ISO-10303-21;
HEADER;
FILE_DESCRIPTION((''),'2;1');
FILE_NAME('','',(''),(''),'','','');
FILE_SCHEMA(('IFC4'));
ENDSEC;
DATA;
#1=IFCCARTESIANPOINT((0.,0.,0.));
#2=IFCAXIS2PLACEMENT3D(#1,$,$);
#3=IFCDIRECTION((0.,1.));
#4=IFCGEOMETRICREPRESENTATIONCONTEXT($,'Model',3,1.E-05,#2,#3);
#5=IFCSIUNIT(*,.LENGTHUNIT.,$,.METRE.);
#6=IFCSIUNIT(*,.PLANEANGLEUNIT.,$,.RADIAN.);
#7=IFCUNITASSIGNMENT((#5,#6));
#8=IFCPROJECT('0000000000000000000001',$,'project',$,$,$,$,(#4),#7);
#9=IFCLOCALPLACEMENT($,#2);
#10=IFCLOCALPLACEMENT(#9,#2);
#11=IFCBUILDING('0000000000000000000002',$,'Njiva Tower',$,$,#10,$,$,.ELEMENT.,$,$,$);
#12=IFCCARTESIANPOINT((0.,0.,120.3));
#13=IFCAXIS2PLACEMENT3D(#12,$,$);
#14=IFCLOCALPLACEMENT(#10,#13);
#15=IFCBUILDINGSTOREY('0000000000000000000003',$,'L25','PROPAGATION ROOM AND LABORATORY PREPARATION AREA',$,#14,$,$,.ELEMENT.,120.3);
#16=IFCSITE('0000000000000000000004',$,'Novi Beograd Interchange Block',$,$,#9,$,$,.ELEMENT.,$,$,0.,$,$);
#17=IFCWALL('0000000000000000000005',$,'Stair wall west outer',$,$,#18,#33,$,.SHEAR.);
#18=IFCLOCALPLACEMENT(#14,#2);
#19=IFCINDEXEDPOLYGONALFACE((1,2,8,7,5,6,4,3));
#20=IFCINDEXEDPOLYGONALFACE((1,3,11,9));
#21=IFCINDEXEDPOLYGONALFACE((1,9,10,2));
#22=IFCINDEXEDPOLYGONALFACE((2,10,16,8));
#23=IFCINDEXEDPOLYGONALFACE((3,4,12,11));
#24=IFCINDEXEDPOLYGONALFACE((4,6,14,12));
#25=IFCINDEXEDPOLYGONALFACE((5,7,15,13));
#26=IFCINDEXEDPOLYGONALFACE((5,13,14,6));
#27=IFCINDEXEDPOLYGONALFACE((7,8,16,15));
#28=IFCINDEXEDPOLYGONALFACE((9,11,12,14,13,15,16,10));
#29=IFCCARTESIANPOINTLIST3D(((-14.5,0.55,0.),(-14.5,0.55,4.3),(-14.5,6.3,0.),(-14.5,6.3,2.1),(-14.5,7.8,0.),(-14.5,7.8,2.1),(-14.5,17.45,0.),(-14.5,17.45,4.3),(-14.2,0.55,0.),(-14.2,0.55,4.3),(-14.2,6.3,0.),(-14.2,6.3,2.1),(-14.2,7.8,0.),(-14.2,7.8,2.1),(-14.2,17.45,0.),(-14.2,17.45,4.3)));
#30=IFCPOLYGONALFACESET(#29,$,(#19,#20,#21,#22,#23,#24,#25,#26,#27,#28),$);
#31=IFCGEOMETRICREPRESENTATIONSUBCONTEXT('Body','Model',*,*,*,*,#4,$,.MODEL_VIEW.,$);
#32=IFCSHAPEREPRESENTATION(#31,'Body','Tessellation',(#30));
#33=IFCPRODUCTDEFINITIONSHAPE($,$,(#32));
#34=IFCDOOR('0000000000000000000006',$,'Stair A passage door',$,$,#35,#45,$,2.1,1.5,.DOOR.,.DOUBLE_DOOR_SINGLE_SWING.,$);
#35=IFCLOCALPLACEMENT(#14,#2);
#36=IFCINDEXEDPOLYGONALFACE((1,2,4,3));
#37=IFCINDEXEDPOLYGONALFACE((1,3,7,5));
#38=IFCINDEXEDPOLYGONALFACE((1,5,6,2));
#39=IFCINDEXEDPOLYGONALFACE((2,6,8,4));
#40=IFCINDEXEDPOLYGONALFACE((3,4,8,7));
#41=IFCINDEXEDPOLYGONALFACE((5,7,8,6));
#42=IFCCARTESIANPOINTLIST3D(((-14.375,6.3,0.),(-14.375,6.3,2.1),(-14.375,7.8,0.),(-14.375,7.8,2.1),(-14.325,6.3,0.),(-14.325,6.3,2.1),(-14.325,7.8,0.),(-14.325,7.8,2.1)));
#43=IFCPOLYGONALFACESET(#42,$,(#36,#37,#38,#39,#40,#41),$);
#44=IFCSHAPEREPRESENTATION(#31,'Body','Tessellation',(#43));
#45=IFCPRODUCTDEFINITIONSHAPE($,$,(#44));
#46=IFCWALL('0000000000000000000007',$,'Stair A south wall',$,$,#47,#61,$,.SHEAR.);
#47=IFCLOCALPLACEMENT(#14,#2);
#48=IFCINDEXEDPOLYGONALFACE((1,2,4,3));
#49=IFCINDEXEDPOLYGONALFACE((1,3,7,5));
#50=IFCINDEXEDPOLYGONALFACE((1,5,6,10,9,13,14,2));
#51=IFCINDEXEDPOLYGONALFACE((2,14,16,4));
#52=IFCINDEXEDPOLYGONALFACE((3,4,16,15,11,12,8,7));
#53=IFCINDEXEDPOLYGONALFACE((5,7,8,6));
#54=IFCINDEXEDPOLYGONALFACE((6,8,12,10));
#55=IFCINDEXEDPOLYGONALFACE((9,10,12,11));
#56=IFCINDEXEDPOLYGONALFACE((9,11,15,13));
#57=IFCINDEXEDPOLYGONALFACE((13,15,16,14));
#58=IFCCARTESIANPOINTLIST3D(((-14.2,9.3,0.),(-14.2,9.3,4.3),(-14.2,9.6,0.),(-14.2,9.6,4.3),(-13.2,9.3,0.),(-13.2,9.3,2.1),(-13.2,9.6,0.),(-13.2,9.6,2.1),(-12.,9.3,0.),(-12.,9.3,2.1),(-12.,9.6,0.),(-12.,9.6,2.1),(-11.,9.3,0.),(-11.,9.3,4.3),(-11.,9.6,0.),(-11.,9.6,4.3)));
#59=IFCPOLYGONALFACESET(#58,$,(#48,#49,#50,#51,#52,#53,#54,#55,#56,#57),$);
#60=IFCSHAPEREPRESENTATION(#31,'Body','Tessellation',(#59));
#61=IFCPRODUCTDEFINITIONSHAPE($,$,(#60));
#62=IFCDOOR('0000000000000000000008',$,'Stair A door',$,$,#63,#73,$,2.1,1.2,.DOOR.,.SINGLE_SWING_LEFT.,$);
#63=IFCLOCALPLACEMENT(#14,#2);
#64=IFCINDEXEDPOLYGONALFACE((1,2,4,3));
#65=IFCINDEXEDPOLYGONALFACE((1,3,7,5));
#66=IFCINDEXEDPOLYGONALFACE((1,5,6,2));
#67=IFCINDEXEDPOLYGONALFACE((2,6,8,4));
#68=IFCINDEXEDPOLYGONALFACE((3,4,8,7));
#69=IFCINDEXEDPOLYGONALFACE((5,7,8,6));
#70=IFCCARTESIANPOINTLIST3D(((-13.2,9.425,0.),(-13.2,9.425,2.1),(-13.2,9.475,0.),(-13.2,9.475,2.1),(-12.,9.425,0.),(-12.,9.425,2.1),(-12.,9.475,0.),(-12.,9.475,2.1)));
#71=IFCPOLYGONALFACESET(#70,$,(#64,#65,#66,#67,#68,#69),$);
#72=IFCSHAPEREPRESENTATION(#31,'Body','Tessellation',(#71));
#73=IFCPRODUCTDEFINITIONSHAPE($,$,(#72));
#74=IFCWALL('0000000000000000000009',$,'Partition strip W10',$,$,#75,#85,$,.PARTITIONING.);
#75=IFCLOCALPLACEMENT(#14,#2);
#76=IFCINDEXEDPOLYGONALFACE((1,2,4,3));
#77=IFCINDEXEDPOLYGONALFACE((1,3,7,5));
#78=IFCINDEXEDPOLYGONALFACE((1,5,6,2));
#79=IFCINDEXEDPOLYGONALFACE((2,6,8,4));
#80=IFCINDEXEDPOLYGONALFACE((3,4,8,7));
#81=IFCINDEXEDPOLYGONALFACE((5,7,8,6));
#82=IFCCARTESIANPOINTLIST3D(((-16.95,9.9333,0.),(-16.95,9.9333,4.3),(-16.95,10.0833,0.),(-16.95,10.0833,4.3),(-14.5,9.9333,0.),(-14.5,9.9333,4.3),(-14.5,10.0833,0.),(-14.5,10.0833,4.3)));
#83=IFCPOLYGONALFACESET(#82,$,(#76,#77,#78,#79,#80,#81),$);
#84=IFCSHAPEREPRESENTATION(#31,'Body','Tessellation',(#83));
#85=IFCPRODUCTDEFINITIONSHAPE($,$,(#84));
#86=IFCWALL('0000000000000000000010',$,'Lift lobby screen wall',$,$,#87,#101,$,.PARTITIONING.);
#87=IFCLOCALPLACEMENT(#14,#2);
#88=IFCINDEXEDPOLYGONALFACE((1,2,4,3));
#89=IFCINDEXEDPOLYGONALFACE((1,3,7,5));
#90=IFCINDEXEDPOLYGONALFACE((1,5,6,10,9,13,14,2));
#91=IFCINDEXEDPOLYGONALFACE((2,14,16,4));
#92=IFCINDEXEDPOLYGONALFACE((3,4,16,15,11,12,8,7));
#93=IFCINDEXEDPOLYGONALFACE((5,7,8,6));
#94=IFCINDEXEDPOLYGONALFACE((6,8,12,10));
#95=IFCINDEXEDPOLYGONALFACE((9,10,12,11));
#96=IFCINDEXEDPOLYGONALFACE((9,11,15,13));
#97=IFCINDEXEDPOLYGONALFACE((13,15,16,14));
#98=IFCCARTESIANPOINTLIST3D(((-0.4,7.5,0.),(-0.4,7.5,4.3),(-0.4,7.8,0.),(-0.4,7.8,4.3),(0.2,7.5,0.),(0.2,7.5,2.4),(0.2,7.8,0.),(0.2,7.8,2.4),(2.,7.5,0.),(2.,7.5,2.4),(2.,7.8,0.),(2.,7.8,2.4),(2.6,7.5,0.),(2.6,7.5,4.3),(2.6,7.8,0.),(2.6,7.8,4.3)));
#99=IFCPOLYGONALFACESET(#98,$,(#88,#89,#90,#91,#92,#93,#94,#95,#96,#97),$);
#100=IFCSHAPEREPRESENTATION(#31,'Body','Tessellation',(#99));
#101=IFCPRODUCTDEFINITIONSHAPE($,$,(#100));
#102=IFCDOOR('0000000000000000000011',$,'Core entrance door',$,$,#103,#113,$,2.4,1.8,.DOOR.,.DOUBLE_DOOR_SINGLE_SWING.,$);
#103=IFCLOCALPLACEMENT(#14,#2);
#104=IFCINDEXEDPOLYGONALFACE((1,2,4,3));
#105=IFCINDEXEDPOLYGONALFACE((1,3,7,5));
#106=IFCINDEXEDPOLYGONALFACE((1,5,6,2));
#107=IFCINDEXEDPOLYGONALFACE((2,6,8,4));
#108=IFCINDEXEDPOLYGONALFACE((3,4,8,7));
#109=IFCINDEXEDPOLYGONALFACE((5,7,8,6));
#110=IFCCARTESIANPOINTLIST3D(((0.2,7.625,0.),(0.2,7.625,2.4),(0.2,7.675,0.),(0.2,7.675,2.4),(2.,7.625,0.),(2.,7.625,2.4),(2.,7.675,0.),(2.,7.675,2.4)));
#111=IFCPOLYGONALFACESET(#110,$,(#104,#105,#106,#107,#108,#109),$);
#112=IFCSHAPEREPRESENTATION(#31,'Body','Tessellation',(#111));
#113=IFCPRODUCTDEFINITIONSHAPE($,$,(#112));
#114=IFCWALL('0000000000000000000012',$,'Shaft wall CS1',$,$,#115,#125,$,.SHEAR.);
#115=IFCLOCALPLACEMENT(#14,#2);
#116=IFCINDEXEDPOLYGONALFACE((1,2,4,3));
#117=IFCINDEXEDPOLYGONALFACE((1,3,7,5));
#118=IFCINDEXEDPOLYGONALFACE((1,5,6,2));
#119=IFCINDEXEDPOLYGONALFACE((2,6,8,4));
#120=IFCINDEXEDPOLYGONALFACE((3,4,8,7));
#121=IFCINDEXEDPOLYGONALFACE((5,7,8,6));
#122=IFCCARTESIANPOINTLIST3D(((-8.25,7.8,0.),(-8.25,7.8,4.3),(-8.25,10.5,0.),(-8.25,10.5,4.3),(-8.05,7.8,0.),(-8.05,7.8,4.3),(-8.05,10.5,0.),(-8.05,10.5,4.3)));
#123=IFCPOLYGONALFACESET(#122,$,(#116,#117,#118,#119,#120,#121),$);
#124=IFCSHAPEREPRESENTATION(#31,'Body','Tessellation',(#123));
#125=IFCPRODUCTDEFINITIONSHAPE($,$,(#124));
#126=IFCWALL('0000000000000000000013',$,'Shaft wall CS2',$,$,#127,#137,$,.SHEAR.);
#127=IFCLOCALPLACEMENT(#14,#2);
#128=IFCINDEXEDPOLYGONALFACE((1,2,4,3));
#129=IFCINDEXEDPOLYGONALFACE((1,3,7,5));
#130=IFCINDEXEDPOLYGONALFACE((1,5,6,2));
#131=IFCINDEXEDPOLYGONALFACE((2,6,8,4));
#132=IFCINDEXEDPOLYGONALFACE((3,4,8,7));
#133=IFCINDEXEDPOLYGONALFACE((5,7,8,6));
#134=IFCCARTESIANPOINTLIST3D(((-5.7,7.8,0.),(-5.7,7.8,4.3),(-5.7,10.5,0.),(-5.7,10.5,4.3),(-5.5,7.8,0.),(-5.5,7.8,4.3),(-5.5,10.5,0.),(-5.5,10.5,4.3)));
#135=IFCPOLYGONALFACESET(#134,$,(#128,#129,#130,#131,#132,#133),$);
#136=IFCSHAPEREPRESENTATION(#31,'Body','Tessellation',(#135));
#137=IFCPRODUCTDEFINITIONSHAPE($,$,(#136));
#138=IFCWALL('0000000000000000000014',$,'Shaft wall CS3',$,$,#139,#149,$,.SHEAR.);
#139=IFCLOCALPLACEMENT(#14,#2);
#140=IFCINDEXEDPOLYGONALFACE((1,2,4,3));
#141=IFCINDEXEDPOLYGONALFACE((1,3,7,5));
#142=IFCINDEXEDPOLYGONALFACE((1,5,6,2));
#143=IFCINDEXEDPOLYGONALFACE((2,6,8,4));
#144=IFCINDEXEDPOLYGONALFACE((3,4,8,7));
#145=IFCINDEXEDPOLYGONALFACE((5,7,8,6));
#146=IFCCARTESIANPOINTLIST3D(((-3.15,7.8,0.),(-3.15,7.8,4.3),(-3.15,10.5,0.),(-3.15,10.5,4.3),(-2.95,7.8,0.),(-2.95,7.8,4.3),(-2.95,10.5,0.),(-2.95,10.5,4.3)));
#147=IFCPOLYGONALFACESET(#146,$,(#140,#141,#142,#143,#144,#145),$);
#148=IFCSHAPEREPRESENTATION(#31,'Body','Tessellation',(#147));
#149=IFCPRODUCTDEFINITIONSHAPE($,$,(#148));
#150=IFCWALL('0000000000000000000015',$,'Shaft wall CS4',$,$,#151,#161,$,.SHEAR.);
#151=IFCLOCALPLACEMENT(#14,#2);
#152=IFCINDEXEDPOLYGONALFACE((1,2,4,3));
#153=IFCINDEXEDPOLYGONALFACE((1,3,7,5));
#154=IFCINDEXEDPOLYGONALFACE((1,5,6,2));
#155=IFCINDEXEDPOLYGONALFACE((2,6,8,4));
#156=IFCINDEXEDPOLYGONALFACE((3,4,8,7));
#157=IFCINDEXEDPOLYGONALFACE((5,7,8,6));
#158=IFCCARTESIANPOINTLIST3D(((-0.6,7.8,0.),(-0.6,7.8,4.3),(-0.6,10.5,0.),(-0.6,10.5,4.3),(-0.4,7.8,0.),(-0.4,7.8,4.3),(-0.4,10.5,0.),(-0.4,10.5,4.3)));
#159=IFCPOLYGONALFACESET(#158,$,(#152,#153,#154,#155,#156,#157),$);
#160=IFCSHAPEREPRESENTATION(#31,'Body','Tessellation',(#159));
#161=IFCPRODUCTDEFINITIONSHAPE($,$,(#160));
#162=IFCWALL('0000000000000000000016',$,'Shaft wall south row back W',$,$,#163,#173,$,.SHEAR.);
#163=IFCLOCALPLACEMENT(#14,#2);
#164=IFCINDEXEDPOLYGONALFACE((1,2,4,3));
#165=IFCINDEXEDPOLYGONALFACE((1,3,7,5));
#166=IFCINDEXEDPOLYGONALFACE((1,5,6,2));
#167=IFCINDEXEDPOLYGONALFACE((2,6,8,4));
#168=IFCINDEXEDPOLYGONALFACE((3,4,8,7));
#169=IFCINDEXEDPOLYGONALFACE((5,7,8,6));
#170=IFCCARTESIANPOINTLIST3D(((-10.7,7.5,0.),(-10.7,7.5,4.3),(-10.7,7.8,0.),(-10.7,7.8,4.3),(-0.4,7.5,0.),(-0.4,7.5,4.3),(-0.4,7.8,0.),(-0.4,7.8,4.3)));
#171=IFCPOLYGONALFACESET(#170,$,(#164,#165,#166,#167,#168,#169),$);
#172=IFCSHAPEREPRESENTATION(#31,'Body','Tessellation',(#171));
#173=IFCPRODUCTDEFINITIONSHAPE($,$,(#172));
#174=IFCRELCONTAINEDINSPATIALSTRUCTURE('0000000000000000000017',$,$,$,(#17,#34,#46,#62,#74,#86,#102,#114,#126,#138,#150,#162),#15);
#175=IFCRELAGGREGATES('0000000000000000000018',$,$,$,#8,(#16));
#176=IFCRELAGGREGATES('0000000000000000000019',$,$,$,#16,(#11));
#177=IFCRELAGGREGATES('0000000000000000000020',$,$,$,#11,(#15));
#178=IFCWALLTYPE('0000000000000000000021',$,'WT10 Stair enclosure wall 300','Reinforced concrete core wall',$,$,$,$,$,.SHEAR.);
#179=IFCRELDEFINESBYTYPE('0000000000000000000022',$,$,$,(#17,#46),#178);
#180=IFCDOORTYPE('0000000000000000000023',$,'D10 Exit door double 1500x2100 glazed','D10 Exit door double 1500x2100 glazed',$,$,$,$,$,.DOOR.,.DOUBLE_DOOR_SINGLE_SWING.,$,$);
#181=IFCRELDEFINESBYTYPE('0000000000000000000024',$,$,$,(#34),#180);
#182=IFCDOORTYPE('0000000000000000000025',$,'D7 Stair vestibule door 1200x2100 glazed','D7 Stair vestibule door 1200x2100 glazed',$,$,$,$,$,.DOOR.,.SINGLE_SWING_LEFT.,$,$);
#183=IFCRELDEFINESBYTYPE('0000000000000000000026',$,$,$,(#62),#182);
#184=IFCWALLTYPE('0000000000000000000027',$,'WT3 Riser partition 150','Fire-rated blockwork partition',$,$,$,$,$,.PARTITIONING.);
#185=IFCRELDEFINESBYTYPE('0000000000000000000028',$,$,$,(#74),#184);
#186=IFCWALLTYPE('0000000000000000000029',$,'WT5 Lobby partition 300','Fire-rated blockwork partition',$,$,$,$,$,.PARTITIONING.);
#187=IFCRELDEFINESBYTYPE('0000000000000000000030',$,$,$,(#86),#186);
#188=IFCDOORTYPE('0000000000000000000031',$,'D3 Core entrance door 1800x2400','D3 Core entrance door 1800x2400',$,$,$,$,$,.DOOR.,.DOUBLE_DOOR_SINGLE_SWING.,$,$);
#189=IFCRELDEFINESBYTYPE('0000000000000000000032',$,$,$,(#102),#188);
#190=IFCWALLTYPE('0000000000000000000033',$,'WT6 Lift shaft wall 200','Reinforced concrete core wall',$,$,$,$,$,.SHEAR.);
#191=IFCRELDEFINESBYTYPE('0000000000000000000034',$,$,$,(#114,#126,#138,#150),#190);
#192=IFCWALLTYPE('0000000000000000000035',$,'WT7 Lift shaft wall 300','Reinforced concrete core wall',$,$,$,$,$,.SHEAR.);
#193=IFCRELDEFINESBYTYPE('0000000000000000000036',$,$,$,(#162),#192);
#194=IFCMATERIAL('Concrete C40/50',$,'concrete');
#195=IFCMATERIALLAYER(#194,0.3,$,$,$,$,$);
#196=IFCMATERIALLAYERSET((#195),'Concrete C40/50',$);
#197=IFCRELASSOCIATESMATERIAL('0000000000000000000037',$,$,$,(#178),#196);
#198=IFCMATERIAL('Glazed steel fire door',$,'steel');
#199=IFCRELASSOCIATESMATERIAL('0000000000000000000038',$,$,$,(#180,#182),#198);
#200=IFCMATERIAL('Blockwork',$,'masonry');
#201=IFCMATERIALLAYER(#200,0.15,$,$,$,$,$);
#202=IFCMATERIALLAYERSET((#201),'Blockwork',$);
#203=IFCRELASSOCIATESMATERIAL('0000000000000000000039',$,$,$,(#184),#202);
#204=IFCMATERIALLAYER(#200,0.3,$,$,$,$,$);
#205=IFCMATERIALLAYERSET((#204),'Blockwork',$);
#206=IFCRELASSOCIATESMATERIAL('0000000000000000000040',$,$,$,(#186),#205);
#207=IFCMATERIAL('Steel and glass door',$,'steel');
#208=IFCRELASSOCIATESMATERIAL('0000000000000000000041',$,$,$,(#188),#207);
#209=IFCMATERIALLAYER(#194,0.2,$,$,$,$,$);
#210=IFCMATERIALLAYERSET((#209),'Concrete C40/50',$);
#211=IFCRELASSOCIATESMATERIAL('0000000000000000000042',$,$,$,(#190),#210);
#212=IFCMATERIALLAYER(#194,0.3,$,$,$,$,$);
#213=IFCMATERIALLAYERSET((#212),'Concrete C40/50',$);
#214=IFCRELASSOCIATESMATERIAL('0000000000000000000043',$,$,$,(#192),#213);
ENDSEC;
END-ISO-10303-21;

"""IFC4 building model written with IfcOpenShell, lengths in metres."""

from ifc_helpers import new_model, si_unit, direction, frame, frame_2d, origin, place, context, subcontext, project, spatial, rectangle, extrude, material, layer, layer_set, type_object, element, fill, save


model = new_model("IFC4")

# Units and contexts
model_context = context("Model", 3, precision=1e-05, world=origin(), true_north=direction((0.0, 1.0)))
body_context = subcontext(model_context, "Body", "Model", "MODEL_VIEW")
ifc_project = project(units=[si_unit("LENGTHUNIT", "METRE"), si_unit("PLANEANGLEUNIT", "RADIAN")], contexts=[model_context])

# Site, building, storey
site_placement = place(None, origin())
site = spatial("IfcSite", under=ifc_project, at=site_placement, Name="Novi Beograd Interchange Block", CompositionType="ELEMENT", RefElevation=0.0)
building_placement = place(site_placement, origin())
building = spatial("IfcBuilding", under=site, at=building_placement, Name="Njiva Tower", CompositionType="ELEMENT")
storey_placement = place(building_placement, frame((0.0, 0.0, 120.3)))
storey = spatial("IfcBuildingStorey", under=building, at=storey_placement, Name="L25", Description="PROPAGATION ROOM AND LABORATORY PREPARATION AREA", CompositionType="ELEMENT", Elevation=120.3)

# Shared definitions
ifc_material_1 = material(Name="Blockwork", Category="masonry")

# Shared definitions
ifc_material_2 = material(Name="Concrete C40/50", Category="concrete")
ifc_layer_1 = layer(ifc_material_2, 0.3)
ifc_layer_set_1 = layer_set([ifc_layer_1], Name="Concrete C40/50")
wall_type_1 = type_object("IfcWallType", Name="WT10 Stair enclosure wall 300", Description="Reinforced concrete core wall", PredefinedType="SHEAR", material=ifc_layer_set_1)
ifc_material_3 = material(Name="Glazed steel fire door", Category="steel")

# Walls, openings, doors
wall_1_placement = place(storey_placement, frame((-14.35, 0.55, 0.0), z_axis=(0.0, 0.0, 1.0), x_axis=(0.0, 1.0, 0.0)))
wall_1 = element("IfcWall", 1, at=wall_1_placement, inside=storey, type_object=wall_type_1, Name="Stair wall west outer", PredefinedType="SHEAR", context=body_context, shape_type="SweptSolid", body=[
    extrude(rectangle(XDim=16.9, YDim=0.3, at=frame_2d((8.45, 0.0))), origin(), (0.0, 0.0, 1.0), 4.3),
])
opening_1_placement = place(wall_1_placement, frame((5.75, 0.0, 0.0)))
opening_1 = element("IfcOpeningElement", 2, at=opening_1_placement, cuts=wall_1, PredefinedType="OPENING", context=body_context, shape_type="SweptSolid", body=[
    extrude(rectangle(XDim=1.5, YDim=2.1, at=frame_2d((0.75, 1.05))), frame((0.0, 0.16, 0.0), z_axis=(0.0, -1.0, 0.0), x_axis=(1.0, 0.0, 0.0)), (0.0, 0.0, 1.0), 0.32),
])
door_type_1 = type_object("IfcDoorType", Name="D10 Exit door double 1500x2100 glazed", Description="D10 Exit door double 1500x2100 glazed", OperationType="DOUBLE_DOOR_SINGLE_SWING", PredefinedType="DOOR", material=ifc_material_3)
door_1_placement = place(opening_1_placement, origin())
door_1 = element("IfcDoor", 3, at=door_1_placement, inside=storey, type_object=door_type_1, Name="Stair A passage door", OperationType="DOUBLE_DOOR_SINGLE_SWING", OverallHeight=2.1, OverallWidth=1.5, PredefinedType="DOOR", context=body_context, shape_type="SweptSolid", body=[
    extrude(rectangle(XDim=1.5, YDim=2.1, at=frame_2d((0.75, 1.05))), frame((0.0, 0.025, 0.0), z_axis=(0.0, -1.0, 0.0), x_axis=(1.0, 0.0, 0.0)), (0.0, 0.0, 1.0), 0.05),
])
fill(opening_1, door_1)
wall_2_placement = place(storey_placement, frame((-14.2, 9.45, 0.0), z_axis=(0.0, 0.0, 1.0), x_axis=(1.0, 0.0, 0.0)))
wall_2 = element("IfcWall", 4, at=wall_2_placement, inside=storey, type_object=wall_type_1, Name="Stair A south wall", PredefinedType="SHEAR", context=body_context, shape_type="SweptSolid", body=[
    extrude(rectangle(XDim=3.2, YDim=0.3, at=frame_2d((1.6, 0.0))), origin(), (0.0, 0.0, 1.0), 4.3),
])
opening_2_placement = place(wall_2_placement, frame((1.0, 0.0, 0.0)))
opening_2 = element("IfcOpeningElement", 5, at=opening_2_placement, cuts=wall_2, PredefinedType="OPENING", context=body_context, shape_type="SweptSolid", body=[
    extrude(rectangle(XDim=1.2, YDim=2.1, at=frame_2d((0.6, 1.05))), frame((0.0, 0.16, 0.0), z_axis=(0.0, -1.0, 0.0), x_axis=(1.0, 0.0, 0.0)), (0.0, 0.0, 1.0), 0.32),
])
door_type_2 = type_object("IfcDoorType", Name="D7 Stair vestibule door 1200x2100 glazed", Description="D7 Stair vestibule door 1200x2100 glazed", OperationType="SINGLE_SWING_LEFT", PredefinedType="DOOR", material=ifc_material_3)
door_2_placement = place(opening_2_placement, origin())
door_2 = element("IfcDoor", 6, at=door_2_placement, inside=storey, type_object=door_type_2, Name="Stair A door", OperationType="SINGLE_SWING_LEFT", OverallHeight=2.1, OverallWidth=1.2, PredefinedType="DOOR", context=body_context, shape_type="SweptSolid", body=[
    extrude(rectangle(XDim=1.2, YDim=2.1, at=frame_2d((0.6, 1.05))), frame((0.0, 0.025, 0.0), z_axis=(0.0, -1.0, 0.0), x_axis=(1.0, 0.0, 0.0)), (0.0, 0.0, 1.0), 0.05),
])
fill(opening_2, door_2)

# Wall
ifc_layer_2 = layer(ifc_material_1, 0.15)
ifc_layer_set_2 = layer_set([ifc_layer_2], Name="Blockwork")
wall_type_2 = type_object("IfcWallType", Name="WT3 Riser partition 150", Description="Fire-rated blockwork partition", PredefinedType="PARTITIONING", material=ifc_layer_set_2)
wall_3_placement = place(storey_placement, frame((-16.95, 10.0083, 0.0), z_axis=(0.0, 0.0, 1.0), x_axis=(1.0, 0.0, 0.0)))
element("IfcWall", 7, at=wall_3_placement, inside=storey, type_object=wall_type_2, Name="Partition strip W10", PredefinedType="PARTITIONING", context=body_context, shape_type="SweptSolid", body=[
    extrude(rectangle(XDim=2.45, YDim=0.15, at=frame_2d((1.225, 0.0))), origin(), (0.0, 0.0, 1.0), 4.3),
])

# Wall, opening, door
ifc_layer_3 = layer(ifc_material_1, 0.3)
ifc_layer_set_3 = layer_set([ifc_layer_3], Name="Blockwork")
wall_type_3 = type_object("IfcWallType", Name="WT5 Lobby partition 300", Description="Fire-rated blockwork partition", PredefinedType="PARTITIONING", material=ifc_layer_set_3)
wall_4_placement = place(storey_placement, frame((-0.4, 7.65, 0.0), z_axis=(0.0, 0.0, 1.0), x_axis=(1.0, 0.0, 0.0)))
wall_4 = element("IfcWall", 8, at=wall_4_placement, inside=storey, type_object=wall_type_3, Name="Lift lobby screen wall", PredefinedType="PARTITIONING", context=body_context, shape_type="SweptSolid", body=[
    extrude(rectangle(XDim=3.0, YDim=0.3, at=frame_2d((1.5, 0.0))), origin(), (0.0, 0.0, 1.0), 4.3),
])
opening_3_placement = place(wall_4_placement, frame((0.6, 0.0, 0.0)))
opening_3 = element("IfcOpeningElement", 9, at=opening_3_placement, cuts=wall_4, PredefinedType="OPENING", context=body_context, shape_type="SweptSolid", body=[
    extrude(rectangle(XDim=1.8, YDim=2.4, at=frame_2d((0.9, 1.2))), frame((0.0, 0.16, 0.0), z_axis=(0.0, -1.0, 0.0), x_axis=(1.0, 0.0, 0.0)), (0.0, 0.0, 1.0), 0.32),
])
ifc_material_4 = material(Name="Steel and glass door", Category="steel")
door_type_3 = type_object("IfcDoorType", Name="D3 Core entrance door 1800x2400", Description="D3 Core entrance door 1800x2400", OperationType="DOUBLE_DOOR_SINGLE_SWING", PredefinedType="DOOR", material=ifc_material_4)
door_3_placement = place(opening_3_placement, origin())
door_3 = element("IfcDoor", 10, at=door_3_placement, inside=storey, type_object=door_type_3, Name="Core entrance door", OperationType="DOUBLE_DOOR_SINGLE_SWING", OverallHeight=2.4, OverallWidth=1.8, PredefinedType="DOOR", context=body_context, shape_type="SweptSolid", body=[
    extrude(rectangle(XDim=1.8, YDim=2.4, at=frame_2d((0.9, 1.2))), frame((0.0, 0.025, 0.0), z_axis=(0.0, -1.0, 0.0), x_axis=(1.0, 0.0, 0.0)), (0.0, 0.0, 1.0), 0.05),
])
fill(opening_3, door_3)

# Walls
ifc_layer_4 = layer(ifc_material_2, 0.2)
ifc_layer_set_4 = layer_set([ifc_layer_4], Name="Concrete C40/50")
wall_type_4 = type_object("IfcWallType", Name="WT6 Lift shaft wall 200", Description="Reinforced concrete core wall", PredefinedType="SHEAR", material=ifc_layer_set_4)
for number, where, z_axis, x_axis, name in (
    (11, (-8.15, 7.8, 0.0), (0.0, 0.0, 1.0), (0.0, 1.0, 0.0), "Shaft wall CS1"),
    (12, (-5.6, 7.8, 0.0), (0.0, 0.0, 1.0), (0.0, 1.0, 0.0), "Shaft wall CS2"),
    (13, (-3.05, 7.8, 0.0), (0.0, 0.0, 1.0), (0.0, 1.0, 0.0), "Shaft wall CS3"),
    (14, (-0.5, 7.8, 0.0), (0.0, 0.0, 1.0), (0.0, 1.0, 0.0), "Shaft wall CS4"),
):
    element("IfcWall", number, at=place(storey_placement, frame(where, z_axis=z_axis, x_axis=x_axis)), inside=storey, type_object=wall_type_4, Name=name, PredefinedType="SHEAR", context=body_context, shape_type="SweptSolid", body=[
        extrude(rectangle(XDim=2.7, YDim=0.2, at=frame_2d((1.35, 0.0))), origin(), (0.0, 0.0, 1.0), 4.3),
    ])
ifc_layer_5 = layer(ifc_material_2, 0.3)
ifc_layer_set_5 = layer_set([ifc_layer_5], Name="Concrete C40/50")
wall_type_5 = type_object("IfcWallType", Name="WT7 Lift shaft wall 300", Description="Reinforced concrete core wall", PredefinedType="SHEAR", material=ifc_layer_set_5)
wall_5_placement = place(storey_placement, frame((-10.7, 7.65, 0.0), z_axis=(0.0, 0.0, 1.0), x_axis=(1.0, 0.0, 0.0)))
element("IfcWall", 15, at=wall_5_placement, inside=storey, type_object=wall_type_5, Name="Shaft wall south row back W", PredefinedType="SHEAR", context=body_context, shape_type="SweptSolid", body=[
    extrude(rectangle(XDim=10.3, YDim=0.3, at=frame_2d((5.15, 0.0))), origin(), (0.0, 0.0, 1.0), 4.3),
])

save(model, "model.ifc")
